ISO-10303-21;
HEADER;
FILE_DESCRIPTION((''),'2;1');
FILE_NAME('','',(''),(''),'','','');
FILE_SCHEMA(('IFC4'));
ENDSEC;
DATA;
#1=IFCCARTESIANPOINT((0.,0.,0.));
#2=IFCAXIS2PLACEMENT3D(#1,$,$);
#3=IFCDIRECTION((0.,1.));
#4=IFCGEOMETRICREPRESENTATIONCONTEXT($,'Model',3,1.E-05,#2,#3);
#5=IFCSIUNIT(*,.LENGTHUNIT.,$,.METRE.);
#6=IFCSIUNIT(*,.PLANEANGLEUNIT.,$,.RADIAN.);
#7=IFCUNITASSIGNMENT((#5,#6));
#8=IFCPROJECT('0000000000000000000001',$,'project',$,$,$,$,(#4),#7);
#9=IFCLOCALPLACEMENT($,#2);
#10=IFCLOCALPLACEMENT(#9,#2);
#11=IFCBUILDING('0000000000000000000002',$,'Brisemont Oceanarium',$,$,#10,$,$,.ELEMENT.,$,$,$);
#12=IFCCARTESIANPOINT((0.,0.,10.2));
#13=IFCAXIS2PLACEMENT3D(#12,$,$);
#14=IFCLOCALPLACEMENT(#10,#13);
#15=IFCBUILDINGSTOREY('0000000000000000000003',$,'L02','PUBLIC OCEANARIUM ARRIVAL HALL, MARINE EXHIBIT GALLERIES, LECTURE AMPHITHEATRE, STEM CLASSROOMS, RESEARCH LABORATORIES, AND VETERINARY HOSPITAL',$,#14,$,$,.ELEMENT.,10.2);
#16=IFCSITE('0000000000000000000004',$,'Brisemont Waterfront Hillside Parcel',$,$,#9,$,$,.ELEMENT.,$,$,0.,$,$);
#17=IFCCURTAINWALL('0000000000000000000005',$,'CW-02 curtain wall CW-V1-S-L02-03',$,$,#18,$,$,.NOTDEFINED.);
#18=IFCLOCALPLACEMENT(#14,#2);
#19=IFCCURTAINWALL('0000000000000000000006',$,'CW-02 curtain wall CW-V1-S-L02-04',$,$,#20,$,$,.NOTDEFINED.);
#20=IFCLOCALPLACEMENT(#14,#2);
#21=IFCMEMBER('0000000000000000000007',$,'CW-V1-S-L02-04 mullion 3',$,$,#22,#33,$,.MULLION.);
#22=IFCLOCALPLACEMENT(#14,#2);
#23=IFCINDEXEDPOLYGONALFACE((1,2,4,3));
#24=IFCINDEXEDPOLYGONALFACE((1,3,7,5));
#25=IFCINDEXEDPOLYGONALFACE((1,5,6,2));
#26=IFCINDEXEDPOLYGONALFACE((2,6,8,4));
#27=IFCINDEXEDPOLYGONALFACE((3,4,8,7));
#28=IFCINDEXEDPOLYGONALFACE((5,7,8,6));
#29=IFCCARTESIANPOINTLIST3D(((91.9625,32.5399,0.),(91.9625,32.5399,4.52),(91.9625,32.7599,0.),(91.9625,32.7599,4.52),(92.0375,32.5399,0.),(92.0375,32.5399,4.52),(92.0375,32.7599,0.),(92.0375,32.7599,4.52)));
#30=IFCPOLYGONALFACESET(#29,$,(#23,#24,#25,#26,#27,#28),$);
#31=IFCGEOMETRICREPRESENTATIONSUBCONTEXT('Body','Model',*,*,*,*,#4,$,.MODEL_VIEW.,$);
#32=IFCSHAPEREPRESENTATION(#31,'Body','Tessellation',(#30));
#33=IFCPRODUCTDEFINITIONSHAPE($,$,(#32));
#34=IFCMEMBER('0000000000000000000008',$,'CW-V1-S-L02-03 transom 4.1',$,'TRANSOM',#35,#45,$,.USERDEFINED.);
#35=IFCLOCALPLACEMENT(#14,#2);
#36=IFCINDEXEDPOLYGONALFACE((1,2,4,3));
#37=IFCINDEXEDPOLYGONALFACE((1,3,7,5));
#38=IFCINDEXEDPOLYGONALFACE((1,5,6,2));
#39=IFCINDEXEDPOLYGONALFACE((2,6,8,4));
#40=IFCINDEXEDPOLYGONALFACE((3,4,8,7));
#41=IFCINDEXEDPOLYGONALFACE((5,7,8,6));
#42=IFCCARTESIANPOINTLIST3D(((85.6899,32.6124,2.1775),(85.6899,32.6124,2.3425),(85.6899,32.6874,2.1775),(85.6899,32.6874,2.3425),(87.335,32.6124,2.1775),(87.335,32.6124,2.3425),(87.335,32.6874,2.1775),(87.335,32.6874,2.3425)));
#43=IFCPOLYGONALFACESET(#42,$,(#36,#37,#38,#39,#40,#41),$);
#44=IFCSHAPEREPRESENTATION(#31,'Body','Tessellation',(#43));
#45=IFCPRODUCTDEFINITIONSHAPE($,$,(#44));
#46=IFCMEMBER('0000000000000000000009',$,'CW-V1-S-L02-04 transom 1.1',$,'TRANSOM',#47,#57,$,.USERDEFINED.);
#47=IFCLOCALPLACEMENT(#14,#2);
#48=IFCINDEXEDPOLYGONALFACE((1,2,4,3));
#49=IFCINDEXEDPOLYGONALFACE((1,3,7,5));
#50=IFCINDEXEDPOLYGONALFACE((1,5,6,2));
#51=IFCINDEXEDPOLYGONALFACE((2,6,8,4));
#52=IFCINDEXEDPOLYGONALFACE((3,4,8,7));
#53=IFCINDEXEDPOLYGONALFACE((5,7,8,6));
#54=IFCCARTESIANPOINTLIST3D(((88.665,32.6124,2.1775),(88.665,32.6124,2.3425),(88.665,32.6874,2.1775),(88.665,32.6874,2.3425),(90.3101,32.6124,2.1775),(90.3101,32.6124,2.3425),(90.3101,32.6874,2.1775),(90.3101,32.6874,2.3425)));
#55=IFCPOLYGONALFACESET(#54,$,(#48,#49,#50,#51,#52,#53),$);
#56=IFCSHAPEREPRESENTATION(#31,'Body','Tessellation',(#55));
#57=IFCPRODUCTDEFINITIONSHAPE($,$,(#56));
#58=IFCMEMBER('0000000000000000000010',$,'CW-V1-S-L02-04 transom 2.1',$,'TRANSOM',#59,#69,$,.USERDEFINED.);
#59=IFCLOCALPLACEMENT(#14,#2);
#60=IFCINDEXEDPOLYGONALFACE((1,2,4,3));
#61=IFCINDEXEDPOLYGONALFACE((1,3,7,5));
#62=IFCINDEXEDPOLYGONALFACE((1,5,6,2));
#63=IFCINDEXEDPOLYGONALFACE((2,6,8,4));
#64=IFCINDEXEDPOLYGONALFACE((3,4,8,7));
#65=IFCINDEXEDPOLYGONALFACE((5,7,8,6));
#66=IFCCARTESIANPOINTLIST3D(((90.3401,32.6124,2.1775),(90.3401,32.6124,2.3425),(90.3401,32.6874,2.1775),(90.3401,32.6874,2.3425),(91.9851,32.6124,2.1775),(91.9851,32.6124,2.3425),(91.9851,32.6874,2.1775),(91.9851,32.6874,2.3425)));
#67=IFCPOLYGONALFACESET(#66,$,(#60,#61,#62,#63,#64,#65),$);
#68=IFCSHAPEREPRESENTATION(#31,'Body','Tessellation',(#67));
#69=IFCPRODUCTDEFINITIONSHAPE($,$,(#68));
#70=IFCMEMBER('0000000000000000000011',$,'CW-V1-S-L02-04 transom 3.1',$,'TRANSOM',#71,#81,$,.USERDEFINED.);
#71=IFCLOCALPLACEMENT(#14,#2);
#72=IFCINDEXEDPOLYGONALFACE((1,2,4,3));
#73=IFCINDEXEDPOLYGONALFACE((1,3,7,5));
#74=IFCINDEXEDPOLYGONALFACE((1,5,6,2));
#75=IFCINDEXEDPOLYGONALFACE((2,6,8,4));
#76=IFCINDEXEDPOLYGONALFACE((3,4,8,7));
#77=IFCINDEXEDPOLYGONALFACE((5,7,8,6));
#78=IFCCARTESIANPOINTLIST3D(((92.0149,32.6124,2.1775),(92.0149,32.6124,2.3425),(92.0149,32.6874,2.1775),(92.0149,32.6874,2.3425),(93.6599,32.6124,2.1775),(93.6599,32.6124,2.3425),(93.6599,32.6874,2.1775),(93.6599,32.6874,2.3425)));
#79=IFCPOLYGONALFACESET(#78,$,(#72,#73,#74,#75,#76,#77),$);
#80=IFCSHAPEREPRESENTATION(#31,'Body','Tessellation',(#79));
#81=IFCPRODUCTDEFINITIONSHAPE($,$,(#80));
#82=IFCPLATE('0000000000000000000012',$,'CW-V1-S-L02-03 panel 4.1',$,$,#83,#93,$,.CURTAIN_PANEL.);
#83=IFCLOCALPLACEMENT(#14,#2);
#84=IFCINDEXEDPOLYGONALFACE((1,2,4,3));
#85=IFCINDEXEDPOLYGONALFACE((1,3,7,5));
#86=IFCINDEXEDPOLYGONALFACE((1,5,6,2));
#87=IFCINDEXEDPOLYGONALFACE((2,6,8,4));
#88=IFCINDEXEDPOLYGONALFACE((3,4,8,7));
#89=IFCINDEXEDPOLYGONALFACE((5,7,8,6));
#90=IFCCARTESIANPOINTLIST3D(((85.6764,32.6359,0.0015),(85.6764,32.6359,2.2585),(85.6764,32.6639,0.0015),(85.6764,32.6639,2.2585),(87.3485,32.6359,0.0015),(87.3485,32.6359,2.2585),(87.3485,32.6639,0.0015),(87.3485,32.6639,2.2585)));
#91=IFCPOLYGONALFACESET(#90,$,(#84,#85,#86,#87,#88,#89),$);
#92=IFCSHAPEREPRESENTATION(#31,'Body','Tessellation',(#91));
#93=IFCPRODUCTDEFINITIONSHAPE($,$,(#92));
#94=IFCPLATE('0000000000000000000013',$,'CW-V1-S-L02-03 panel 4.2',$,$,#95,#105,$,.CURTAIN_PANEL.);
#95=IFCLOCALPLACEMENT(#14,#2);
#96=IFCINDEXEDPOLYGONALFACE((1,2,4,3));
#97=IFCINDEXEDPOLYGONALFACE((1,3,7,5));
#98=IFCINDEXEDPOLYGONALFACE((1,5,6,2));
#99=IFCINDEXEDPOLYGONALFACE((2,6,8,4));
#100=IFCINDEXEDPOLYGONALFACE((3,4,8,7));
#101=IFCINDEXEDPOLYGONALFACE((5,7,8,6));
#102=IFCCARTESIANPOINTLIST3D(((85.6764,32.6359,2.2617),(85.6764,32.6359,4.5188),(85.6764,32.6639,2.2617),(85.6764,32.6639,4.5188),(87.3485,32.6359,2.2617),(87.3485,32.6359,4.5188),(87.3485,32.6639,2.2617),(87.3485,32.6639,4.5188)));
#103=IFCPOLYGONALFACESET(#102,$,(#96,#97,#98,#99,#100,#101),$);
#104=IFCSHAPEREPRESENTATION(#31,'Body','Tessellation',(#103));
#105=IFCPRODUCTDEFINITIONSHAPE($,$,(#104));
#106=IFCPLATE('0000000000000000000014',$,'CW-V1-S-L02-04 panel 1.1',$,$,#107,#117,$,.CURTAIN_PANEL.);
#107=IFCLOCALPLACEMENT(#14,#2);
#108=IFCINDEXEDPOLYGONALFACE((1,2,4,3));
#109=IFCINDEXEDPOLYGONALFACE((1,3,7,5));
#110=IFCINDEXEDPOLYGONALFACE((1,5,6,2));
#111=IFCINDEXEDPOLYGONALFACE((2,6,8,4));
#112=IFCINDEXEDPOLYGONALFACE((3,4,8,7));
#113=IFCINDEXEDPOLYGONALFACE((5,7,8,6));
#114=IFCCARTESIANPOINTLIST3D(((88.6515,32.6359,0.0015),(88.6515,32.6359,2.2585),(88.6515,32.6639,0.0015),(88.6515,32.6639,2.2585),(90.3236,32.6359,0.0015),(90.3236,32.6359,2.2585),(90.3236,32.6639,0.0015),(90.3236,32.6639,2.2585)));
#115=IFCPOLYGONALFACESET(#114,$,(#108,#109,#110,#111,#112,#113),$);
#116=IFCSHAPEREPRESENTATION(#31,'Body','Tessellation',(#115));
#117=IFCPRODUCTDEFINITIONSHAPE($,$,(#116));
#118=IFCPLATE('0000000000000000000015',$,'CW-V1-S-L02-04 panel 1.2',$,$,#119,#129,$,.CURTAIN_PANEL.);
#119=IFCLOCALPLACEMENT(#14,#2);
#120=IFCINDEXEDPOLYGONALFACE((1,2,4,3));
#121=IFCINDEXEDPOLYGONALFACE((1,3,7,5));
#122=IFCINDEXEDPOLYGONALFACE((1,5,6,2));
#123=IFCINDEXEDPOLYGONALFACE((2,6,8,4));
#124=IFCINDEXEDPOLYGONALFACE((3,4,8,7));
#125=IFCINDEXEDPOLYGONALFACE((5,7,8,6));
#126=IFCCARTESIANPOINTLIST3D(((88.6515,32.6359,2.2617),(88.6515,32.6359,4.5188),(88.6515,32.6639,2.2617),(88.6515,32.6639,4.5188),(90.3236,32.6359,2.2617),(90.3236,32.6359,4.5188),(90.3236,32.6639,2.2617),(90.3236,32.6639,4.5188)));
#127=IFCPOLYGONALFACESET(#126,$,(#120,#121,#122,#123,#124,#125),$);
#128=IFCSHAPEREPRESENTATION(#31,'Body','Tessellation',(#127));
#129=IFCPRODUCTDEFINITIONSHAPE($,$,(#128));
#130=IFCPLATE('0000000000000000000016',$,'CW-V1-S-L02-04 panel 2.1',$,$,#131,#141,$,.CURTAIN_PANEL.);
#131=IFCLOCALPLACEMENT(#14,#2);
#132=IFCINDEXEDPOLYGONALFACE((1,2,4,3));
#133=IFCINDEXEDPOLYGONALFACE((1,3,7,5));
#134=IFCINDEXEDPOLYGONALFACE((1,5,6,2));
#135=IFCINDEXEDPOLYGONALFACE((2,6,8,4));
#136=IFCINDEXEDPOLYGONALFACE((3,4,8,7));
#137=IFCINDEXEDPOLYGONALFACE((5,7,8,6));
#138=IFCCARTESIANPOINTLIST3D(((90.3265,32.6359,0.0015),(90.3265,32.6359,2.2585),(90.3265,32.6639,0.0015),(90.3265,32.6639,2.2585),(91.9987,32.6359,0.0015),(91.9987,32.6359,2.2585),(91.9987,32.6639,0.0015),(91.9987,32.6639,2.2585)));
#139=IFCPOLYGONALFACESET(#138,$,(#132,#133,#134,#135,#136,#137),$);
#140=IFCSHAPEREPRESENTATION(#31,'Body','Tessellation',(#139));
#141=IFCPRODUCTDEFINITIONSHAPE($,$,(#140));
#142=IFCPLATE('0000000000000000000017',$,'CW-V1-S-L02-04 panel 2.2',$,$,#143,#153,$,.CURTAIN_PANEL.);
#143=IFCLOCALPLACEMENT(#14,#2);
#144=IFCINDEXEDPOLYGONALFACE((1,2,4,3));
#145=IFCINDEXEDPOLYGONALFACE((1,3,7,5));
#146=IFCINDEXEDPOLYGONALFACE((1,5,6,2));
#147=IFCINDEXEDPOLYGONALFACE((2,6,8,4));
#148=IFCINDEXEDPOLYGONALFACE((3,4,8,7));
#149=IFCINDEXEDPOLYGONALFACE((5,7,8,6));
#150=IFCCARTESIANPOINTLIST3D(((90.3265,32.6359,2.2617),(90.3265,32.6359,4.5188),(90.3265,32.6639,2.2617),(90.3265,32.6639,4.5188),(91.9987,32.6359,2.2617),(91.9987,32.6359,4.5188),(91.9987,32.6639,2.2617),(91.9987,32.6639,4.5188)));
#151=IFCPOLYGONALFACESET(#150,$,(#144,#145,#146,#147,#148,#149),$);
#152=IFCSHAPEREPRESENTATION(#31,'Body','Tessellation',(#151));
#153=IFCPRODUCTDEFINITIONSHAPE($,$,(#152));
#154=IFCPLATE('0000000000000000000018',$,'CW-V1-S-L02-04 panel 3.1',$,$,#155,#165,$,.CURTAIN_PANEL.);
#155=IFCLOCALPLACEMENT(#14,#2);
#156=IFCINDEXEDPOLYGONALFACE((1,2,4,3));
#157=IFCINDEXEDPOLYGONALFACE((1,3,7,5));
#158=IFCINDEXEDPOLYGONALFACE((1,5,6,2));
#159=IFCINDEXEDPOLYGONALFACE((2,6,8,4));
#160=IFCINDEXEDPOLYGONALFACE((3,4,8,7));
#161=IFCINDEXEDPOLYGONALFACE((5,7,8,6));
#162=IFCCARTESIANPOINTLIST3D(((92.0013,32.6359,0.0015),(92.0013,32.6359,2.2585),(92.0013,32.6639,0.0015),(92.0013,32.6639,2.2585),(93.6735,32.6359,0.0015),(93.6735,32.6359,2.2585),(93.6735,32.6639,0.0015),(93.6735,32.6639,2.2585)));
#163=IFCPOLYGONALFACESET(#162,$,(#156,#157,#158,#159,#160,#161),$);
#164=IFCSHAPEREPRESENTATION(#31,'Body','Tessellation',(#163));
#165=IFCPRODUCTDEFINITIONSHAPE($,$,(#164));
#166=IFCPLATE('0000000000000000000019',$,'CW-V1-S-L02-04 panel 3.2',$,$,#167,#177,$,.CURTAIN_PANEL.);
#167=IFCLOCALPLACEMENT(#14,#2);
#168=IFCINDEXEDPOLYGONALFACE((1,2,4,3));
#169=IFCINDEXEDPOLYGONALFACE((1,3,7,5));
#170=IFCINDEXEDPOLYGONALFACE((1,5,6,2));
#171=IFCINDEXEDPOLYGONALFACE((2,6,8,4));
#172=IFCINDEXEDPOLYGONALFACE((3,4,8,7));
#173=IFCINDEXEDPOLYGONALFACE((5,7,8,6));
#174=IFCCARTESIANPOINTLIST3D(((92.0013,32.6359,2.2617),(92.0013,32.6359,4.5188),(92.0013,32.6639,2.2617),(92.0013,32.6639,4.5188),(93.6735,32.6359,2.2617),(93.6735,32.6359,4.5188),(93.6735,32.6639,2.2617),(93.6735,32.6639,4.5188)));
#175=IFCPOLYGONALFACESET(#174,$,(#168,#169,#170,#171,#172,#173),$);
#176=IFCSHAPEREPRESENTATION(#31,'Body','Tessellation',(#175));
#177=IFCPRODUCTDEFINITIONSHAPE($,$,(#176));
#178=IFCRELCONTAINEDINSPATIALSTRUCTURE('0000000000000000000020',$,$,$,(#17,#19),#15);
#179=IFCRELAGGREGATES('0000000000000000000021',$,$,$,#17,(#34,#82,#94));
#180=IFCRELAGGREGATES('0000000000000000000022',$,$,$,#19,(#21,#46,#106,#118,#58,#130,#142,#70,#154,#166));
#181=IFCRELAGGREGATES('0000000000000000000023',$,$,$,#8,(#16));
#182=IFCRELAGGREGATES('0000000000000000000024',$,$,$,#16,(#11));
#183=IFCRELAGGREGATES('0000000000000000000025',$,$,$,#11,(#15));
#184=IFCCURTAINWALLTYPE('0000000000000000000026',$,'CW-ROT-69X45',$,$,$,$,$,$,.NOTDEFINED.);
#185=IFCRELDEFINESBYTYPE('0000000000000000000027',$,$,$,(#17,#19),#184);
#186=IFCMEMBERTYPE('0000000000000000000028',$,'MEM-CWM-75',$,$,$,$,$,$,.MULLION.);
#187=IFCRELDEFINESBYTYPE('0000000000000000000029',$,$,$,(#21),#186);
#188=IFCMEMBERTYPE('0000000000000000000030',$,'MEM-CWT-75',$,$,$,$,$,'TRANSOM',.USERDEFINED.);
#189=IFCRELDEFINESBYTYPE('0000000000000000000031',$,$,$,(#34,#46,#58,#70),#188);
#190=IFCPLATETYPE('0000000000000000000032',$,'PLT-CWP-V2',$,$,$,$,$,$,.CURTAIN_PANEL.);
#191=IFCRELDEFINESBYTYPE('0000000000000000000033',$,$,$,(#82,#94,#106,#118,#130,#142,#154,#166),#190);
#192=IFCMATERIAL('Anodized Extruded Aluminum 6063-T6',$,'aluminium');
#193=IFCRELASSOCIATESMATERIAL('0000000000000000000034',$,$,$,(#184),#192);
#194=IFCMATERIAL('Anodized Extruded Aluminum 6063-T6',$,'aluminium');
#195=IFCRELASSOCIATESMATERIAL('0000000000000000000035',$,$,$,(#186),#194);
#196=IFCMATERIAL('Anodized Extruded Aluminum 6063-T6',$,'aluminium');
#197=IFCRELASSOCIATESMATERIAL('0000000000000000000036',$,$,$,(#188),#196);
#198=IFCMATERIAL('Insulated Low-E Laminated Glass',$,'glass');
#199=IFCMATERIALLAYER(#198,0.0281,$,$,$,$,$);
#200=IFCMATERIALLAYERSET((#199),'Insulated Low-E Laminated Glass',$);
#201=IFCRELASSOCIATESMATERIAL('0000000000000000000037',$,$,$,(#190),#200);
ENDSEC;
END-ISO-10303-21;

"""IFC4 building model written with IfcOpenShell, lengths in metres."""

from ifc_helpers import new_model, si_unit, direction, frame, origin, origin_2d, place, context, subcontext, project, spatial, rectangle, extrude, material, layer, layer_set, material_profile, profile_set, type_object, element, aggregate, save


model = new_model("IFC4")

# Units and contexts
model_context = context("Model", 3, precision=1e-05, world=origin(), true_north=direction((0.0, 1.0)))
body_context = subcontext(model_context, "Body", "Model", "MODEL_VIEW")
ifc_project = project(units=[si_unit("LENGTHUNIT", "METRE"), si_unit("PLANEANGLEUNIT", "RADIAN")], contexts=[model_context])

# Site, building, storey
site_placement = place(None, origin())
site = spatial("IfcSite", under=ifc_project, at=site_placement, Name="Brisemont Waterfront Hillside Parcel", CompositionType="ELEMENT", RefElevation=0.0)
building_placement = place(site_placement, origin())
building = spatial("IfcBuilding", under=site, at=building_placement, Name="Brisemont Oceanarium", CompositionType="ELEMENT")
storey_placement = place(building_placement, frame((0.0, 0.0, 10.2)))
storey = spatial("IfcBuildingStorey", under=building, at=storey_placement, Name="L02", Description="PUBLIC OCEANARIUM ARRIVAL HALL, MARINE EXHIBIT GALLERIES, LECTURE AMPHITHEATRE, STEM CLASSROOMS, RESEARCH LABORATORIES, AND VETERINARY HOSPITAL", CompositionType="ELEMENT", Elevation=10.2)

# Curtain wall
ifc_material_1 = material(Name="Anodized Extruded Aluminum 6063-T6", Category="aluminium")
curtain_wall_type = type_object("IfcCurtainWallType", Name="CW-ROT-69X45", PredefinedType="NOTDEFINED", material=ifc_material_1)
curtain_wall_1_placement = place(storey_placement, origin())
curtain_wall_1 = element("IfcCurtainWall", 1, at=curtain_wall_1_placement, inside=storey, type_object=curtain_wall_type, Name="CW-02 curtain wall CW-V1-S-L02-03", PredefinedType="NOTDEFINED")
ifc_material_2 = material(Name="Anodized Extruded Aluminum 6063-T6", Category="aluminium")
ifc_material_profile_1 = material_profile(ifc_material_2, rectangle(XDim=0.075, YDim=0.22, at=origin_2d()), Name="CWM-75X220")
ifc_profile_set_1 = profile_set([ifc_material_profile_1], Name="Anodized Extruded Aluminum 6063-T6")
member_type_1 = type_object("IfcMemberType", Name="MEM-CWM-75", PredefinedType="MULLION", material=ifc_profile_set_1)

# Curtain wall, member
curtain_wall_2_placement = place(storey_placement, origin())
curtain_wall_2 = element("IfcCurtainWall", 2, at=curtain_wall_2_placement, inside=storey, type_object=curtain_wall_type, Name="CW-02 curtain wall CW-V1-S-L02-04", PredefinedType="NOTDEFINED")
member_1_placement = place(storey_placement, frame((92.0, 32.6499, 0.0), z_axis=(0.0, 0.0, 1.0), x_axis=(1.0, 0.0, 0.0)))
member_1 = element("IfcMember", 3, at=member_1_placement, type_object=member_type_1, Name="CW-V1-S-L02-04 mullion 3", PredefinedType="MULLION", context=body_context, shape_type="SweptSolid", body=[
    extrude(rectangle(XDim=0.075, YDim=0.22, at=origin_2d()), origin(), (0.0, 0.0, 1.0), 4.52),
])

# Members
ifc_material_3 = material(Name="Anodized Extruded Aluminum 6063-T6", Category="aluminium")
ifc_material_profile_2 = material_profile(ifc_material_3, rectangle(XDim=0.075, YDim=0.165, at=origin_2d()), Name="CWT-75X165")
ifc_profile_set_2 = profile_set([ifc_material_profile_2], Name="Anodized Extruded Aluminum 6063-T6")
member_type_2 = type_object("IfcMemberType", Name="MEM-CWT-75", ElementType="TRANSOM", PredefinedType="USERDEFINED", material=ifc_profile_set_2)
member_2_placement = place(storey_placement, frame((85.6899, 32.6499, 2.26), z_axis=(1.0, 0.0, 0.0), x_axis=(0.0, 1.0, 0.0)))
member_2 = element("IfcMember", 4, at=member_2_placement, type_object=member_type_2, Name="CW-V1-S-L02-03 transom 4.1", ObjectType="TRANSOM", PredefinedType="USERDEFINED", context=body_context, shape_type="SweptSolid", body=[
    extrude(rectangle(XDim=0.075, YDim=0.165, at=origin_2d()), origin(), (0.0, 0.0, 1.0), 1.645),
])
member_3_placement = place(storey_placement, frame((88.665, 32.6499, 2.26), z_axis=(1.0, 0.0, 0.0), x_axis=(0.0, 1.0, 0.0)))
member_3 = element("IfcMember", 5, at=member_3_placement, type_object=member_type_2, Name="CW-V1-S-L02-04 transom 1.1", ObjectType="TRANSOM", PredefinedType="USERDEFINED", context=body_context, shape_type="SweptSolid", body=[
    extrude(rectangle(XDim=0.075, YDim=0.165, at=origin_2d()), origin(), (0.0, 0.0, 1.0), 1.645),
])
member_4_placement = place(storey_placement, frame((90.3401, 32.6499, 2.26), z_axis=(1.0, 0.0, 0.0), x_axis=(0.0, 1.0, 0.0)))
member_4 = element("IfcMember", 6, at=member_4_placement, type_object=member_type_2, Name="CW-V1-S-L02-04 transom 2.1", ObjectType="TRANSOM", PredefinedType="USERDEFINED", context=body_context, shape_type="SweptSolid", body=[
    extrude(rectangle(XDim=0.075, YDim=0.165, at=origin_2d()), origin(), (0.0, 0.0, 1.0), 1.645),
])
member_5_placement = place(storey_placement, frame((92.0149, 32.6499, 2.26), z_axis=(1.0, 0.0, 0.0), x_axis=(0.0, 1.0, 0.0)))
member_5 = element("IfcMember", 7, at=member_5_placement, type_object=member_type_2, Name="CW-V1-S-L02-04 transom 3.1", ObjectType="TRANSOM", PredefinedType="USERDEFINED", context=body_context, shape_type="SweptSolid", body=[
    extrude(rectangle(XDim=0.075, YDim=0.165, at=origin_2d()), origin(), (0.0, 0.0, 1.0), 1.645),
])

# Plates
ifc_material_4 = material(Name="Insulated Low-E Laminated Glass", Category="glass")
ifc_layer = layer(ifc_material_4, 0.0281)
ifc_layer_set = layer_set([ifc_layer], Name="Insulated Low-E Laminated Glass")
plate_type = type_object("IfcPlateType", Name="PLT-CWP-V2", PredefinedType="CURTAIN_PANEL", material=ifc_layer_set)
plate_1_placement = place(storey_placement, frame((86.5125, 32.6499, 0.0015), z_axis=(0.0, 0.0, 1.0), x_axis=(1.0, 0.0, 0.0)))
plate_1 = element("IfcPlate", 8, at=plate_1_placement, type_object=plate_type, Name="CW-V1-S-L02-03 panel 4.1", PredefinedType="CURTAIN_PANEL", context=body_context, shape_type="SweptSolid", body=[
    extrude(rectangle(XDim=1.6721, YDim=0.0281, at=origin_2d()), origin(), (0.0, 0.0, 1.0), 2.2571),
])
plate_2_placement = place(storey_placement, frame((86.5125, 32.6499, 2.2617), z_axis=(0.0, 0.0, 1.0), x_axis=(1.0, 0.0, 0.0)))
plate_2 = element("IfcPlate", 9, at=plate_2_placement, type_object=plate_type, Name="CW-V1-S-L02-03 panel 4.2", PredefinedType="CURTAIN_PANEL", context=body_context, shape_type="SweptSolid", body=[
    extrude(rectangle(XDim=1.6721, YDim=0.0281, at=origin_2d()), origin(), (0.0, 0.0, 1.0), 2.2571),
])
aggregate(curtain_wall_1, [member_2, plate_1, plate_2])
plate_3_placement = place(storey_placement, frame((89.4875, 32.6499, 0.0015), z_axis=(0.0, 0.0, 1.0), x_axis=(1.0, 0.0, 0.0)))
plate_3 = element("IfcPlate", 10, at=plate_3_placement, type_object=plate_type, Name="CW-V1-S-L02-04 panel 1.1", PredefinedType="CURTAIN_PANEL", context=body_context, shape_type="SweptSolid", body=[
    extrude(rectangle(XDim=1.6721, YDim=0.0281, at=origin_2d()), origin(), (0.0, 0.0, 1.0), 2.2571),
])
plate_4_placement = place(storey_placement, frame((89.4875, 32.6499, 2.2617), z_axis=(0.0, 0.0, 1.0), x_axis=(1.0, 0.0, 0.0)))
plate_4 = element("IfcPlate", 11, at=plate_4_placement, type_object=plate_type, Name="CW-V1-S-L02-04 panel 1.2", PredefinedType="CURTAIN_PANEL", context=body_context, shape_type="SweptSolid", body=[
    extrude(rectangle(XDim=1.6721, YDim=0.0281, at=origin_2d()), origin(), (0.0, 0.0, 1.0), 2.2571),
])
plate_5_placement = place(storey_placement, frame((91.1626, 32.6499, 0.0015), z_axis=(0.0, 0.0, 1.0), x_axis=(1.0, 0.0, 0.0)))
plate_5 = element("IfcPlate", 12, at=plate_5_placement, type_object=plate_type, Name="CW-V1-S-L02-04 panel 2.1", PredefinedType="CURTAIN_PANEL", context=body_context, shape_type="SweptSolid", body=[
    extrude(rectangle(XDim=1.6721, YDim=0.0281, at=origin_2d()), origin(), (0.0, 0.0, 1.0), 2.2571),
])
plate_6_placement = place(storey_placement, frame((91.1626, 32.6499, 2.2617), z_axis=(0.0, 0.0, 1.0), x_axis=(1.0, 0.0, 0.0)))
plate_6 = element("IfcPlate", 13, at=plate_6_placement, type_object=plate_type, Name="CW-V1-S-L02-04 panel 2.2", PredefinedType="CURTAIN_PANEL", context=body_context, shape_type="SweptSolid", body=[
    extrude(rectangle(XDim=1.6721, YDim=0.0281, at=origin_2d()), origin(), (0.0, 0.0, 1.0), 2.2571),
])
plate_7_placement = place(storey_placement, frame((92.8374, 32.6499, 0.0015), z_axis=(0.0, 0.0, 1.0), x_axis=(1.0, 0.0, 0.0)))
plate_7 = element("IfcPlate", 14, at=plate_7_placement, type_object=plate_type, Name="CW-V1-S-L02-04 panel 3.1", PredefinedType="CURTAIN_PANEL", context=body_context, shape_type="SweptSolid", body=[
    extrude(rectangle(XDim=1.6721, YDim=0.0281, at=origin_2d()), origin(), (0.0, 0.0, 1.0), 2.2571),
])
plate_8_placement = place(storey_placement, frame((92.8374, 32.6499, 2.2617), z_axis=(0.0, 0.0, 1.0), x_axis=(1.0, 0.0, 0.0)))
plate_8 = element("IfcPlate", 15, at=plate_8_placement, type_object=plate_type, Name="CW-V1-S-L02-04 panel 3.2", PredefinedType="CURTAIN_PANEL", context=body_context, shape_type="SweptSolid", body=[
    extrude(rectangle(XDim=1.6721, YDim=0.0281, at=origin_2d()), origin(), (0.0, 0.0, 1.0), 2.2571),
])
aggregate(curtain_wall_2, [member_1, member_3, plate_3, plate_4, member_4, plate_5, plate_6, member_5, plate_7, plate_8])

save(model, "model.ifc")
